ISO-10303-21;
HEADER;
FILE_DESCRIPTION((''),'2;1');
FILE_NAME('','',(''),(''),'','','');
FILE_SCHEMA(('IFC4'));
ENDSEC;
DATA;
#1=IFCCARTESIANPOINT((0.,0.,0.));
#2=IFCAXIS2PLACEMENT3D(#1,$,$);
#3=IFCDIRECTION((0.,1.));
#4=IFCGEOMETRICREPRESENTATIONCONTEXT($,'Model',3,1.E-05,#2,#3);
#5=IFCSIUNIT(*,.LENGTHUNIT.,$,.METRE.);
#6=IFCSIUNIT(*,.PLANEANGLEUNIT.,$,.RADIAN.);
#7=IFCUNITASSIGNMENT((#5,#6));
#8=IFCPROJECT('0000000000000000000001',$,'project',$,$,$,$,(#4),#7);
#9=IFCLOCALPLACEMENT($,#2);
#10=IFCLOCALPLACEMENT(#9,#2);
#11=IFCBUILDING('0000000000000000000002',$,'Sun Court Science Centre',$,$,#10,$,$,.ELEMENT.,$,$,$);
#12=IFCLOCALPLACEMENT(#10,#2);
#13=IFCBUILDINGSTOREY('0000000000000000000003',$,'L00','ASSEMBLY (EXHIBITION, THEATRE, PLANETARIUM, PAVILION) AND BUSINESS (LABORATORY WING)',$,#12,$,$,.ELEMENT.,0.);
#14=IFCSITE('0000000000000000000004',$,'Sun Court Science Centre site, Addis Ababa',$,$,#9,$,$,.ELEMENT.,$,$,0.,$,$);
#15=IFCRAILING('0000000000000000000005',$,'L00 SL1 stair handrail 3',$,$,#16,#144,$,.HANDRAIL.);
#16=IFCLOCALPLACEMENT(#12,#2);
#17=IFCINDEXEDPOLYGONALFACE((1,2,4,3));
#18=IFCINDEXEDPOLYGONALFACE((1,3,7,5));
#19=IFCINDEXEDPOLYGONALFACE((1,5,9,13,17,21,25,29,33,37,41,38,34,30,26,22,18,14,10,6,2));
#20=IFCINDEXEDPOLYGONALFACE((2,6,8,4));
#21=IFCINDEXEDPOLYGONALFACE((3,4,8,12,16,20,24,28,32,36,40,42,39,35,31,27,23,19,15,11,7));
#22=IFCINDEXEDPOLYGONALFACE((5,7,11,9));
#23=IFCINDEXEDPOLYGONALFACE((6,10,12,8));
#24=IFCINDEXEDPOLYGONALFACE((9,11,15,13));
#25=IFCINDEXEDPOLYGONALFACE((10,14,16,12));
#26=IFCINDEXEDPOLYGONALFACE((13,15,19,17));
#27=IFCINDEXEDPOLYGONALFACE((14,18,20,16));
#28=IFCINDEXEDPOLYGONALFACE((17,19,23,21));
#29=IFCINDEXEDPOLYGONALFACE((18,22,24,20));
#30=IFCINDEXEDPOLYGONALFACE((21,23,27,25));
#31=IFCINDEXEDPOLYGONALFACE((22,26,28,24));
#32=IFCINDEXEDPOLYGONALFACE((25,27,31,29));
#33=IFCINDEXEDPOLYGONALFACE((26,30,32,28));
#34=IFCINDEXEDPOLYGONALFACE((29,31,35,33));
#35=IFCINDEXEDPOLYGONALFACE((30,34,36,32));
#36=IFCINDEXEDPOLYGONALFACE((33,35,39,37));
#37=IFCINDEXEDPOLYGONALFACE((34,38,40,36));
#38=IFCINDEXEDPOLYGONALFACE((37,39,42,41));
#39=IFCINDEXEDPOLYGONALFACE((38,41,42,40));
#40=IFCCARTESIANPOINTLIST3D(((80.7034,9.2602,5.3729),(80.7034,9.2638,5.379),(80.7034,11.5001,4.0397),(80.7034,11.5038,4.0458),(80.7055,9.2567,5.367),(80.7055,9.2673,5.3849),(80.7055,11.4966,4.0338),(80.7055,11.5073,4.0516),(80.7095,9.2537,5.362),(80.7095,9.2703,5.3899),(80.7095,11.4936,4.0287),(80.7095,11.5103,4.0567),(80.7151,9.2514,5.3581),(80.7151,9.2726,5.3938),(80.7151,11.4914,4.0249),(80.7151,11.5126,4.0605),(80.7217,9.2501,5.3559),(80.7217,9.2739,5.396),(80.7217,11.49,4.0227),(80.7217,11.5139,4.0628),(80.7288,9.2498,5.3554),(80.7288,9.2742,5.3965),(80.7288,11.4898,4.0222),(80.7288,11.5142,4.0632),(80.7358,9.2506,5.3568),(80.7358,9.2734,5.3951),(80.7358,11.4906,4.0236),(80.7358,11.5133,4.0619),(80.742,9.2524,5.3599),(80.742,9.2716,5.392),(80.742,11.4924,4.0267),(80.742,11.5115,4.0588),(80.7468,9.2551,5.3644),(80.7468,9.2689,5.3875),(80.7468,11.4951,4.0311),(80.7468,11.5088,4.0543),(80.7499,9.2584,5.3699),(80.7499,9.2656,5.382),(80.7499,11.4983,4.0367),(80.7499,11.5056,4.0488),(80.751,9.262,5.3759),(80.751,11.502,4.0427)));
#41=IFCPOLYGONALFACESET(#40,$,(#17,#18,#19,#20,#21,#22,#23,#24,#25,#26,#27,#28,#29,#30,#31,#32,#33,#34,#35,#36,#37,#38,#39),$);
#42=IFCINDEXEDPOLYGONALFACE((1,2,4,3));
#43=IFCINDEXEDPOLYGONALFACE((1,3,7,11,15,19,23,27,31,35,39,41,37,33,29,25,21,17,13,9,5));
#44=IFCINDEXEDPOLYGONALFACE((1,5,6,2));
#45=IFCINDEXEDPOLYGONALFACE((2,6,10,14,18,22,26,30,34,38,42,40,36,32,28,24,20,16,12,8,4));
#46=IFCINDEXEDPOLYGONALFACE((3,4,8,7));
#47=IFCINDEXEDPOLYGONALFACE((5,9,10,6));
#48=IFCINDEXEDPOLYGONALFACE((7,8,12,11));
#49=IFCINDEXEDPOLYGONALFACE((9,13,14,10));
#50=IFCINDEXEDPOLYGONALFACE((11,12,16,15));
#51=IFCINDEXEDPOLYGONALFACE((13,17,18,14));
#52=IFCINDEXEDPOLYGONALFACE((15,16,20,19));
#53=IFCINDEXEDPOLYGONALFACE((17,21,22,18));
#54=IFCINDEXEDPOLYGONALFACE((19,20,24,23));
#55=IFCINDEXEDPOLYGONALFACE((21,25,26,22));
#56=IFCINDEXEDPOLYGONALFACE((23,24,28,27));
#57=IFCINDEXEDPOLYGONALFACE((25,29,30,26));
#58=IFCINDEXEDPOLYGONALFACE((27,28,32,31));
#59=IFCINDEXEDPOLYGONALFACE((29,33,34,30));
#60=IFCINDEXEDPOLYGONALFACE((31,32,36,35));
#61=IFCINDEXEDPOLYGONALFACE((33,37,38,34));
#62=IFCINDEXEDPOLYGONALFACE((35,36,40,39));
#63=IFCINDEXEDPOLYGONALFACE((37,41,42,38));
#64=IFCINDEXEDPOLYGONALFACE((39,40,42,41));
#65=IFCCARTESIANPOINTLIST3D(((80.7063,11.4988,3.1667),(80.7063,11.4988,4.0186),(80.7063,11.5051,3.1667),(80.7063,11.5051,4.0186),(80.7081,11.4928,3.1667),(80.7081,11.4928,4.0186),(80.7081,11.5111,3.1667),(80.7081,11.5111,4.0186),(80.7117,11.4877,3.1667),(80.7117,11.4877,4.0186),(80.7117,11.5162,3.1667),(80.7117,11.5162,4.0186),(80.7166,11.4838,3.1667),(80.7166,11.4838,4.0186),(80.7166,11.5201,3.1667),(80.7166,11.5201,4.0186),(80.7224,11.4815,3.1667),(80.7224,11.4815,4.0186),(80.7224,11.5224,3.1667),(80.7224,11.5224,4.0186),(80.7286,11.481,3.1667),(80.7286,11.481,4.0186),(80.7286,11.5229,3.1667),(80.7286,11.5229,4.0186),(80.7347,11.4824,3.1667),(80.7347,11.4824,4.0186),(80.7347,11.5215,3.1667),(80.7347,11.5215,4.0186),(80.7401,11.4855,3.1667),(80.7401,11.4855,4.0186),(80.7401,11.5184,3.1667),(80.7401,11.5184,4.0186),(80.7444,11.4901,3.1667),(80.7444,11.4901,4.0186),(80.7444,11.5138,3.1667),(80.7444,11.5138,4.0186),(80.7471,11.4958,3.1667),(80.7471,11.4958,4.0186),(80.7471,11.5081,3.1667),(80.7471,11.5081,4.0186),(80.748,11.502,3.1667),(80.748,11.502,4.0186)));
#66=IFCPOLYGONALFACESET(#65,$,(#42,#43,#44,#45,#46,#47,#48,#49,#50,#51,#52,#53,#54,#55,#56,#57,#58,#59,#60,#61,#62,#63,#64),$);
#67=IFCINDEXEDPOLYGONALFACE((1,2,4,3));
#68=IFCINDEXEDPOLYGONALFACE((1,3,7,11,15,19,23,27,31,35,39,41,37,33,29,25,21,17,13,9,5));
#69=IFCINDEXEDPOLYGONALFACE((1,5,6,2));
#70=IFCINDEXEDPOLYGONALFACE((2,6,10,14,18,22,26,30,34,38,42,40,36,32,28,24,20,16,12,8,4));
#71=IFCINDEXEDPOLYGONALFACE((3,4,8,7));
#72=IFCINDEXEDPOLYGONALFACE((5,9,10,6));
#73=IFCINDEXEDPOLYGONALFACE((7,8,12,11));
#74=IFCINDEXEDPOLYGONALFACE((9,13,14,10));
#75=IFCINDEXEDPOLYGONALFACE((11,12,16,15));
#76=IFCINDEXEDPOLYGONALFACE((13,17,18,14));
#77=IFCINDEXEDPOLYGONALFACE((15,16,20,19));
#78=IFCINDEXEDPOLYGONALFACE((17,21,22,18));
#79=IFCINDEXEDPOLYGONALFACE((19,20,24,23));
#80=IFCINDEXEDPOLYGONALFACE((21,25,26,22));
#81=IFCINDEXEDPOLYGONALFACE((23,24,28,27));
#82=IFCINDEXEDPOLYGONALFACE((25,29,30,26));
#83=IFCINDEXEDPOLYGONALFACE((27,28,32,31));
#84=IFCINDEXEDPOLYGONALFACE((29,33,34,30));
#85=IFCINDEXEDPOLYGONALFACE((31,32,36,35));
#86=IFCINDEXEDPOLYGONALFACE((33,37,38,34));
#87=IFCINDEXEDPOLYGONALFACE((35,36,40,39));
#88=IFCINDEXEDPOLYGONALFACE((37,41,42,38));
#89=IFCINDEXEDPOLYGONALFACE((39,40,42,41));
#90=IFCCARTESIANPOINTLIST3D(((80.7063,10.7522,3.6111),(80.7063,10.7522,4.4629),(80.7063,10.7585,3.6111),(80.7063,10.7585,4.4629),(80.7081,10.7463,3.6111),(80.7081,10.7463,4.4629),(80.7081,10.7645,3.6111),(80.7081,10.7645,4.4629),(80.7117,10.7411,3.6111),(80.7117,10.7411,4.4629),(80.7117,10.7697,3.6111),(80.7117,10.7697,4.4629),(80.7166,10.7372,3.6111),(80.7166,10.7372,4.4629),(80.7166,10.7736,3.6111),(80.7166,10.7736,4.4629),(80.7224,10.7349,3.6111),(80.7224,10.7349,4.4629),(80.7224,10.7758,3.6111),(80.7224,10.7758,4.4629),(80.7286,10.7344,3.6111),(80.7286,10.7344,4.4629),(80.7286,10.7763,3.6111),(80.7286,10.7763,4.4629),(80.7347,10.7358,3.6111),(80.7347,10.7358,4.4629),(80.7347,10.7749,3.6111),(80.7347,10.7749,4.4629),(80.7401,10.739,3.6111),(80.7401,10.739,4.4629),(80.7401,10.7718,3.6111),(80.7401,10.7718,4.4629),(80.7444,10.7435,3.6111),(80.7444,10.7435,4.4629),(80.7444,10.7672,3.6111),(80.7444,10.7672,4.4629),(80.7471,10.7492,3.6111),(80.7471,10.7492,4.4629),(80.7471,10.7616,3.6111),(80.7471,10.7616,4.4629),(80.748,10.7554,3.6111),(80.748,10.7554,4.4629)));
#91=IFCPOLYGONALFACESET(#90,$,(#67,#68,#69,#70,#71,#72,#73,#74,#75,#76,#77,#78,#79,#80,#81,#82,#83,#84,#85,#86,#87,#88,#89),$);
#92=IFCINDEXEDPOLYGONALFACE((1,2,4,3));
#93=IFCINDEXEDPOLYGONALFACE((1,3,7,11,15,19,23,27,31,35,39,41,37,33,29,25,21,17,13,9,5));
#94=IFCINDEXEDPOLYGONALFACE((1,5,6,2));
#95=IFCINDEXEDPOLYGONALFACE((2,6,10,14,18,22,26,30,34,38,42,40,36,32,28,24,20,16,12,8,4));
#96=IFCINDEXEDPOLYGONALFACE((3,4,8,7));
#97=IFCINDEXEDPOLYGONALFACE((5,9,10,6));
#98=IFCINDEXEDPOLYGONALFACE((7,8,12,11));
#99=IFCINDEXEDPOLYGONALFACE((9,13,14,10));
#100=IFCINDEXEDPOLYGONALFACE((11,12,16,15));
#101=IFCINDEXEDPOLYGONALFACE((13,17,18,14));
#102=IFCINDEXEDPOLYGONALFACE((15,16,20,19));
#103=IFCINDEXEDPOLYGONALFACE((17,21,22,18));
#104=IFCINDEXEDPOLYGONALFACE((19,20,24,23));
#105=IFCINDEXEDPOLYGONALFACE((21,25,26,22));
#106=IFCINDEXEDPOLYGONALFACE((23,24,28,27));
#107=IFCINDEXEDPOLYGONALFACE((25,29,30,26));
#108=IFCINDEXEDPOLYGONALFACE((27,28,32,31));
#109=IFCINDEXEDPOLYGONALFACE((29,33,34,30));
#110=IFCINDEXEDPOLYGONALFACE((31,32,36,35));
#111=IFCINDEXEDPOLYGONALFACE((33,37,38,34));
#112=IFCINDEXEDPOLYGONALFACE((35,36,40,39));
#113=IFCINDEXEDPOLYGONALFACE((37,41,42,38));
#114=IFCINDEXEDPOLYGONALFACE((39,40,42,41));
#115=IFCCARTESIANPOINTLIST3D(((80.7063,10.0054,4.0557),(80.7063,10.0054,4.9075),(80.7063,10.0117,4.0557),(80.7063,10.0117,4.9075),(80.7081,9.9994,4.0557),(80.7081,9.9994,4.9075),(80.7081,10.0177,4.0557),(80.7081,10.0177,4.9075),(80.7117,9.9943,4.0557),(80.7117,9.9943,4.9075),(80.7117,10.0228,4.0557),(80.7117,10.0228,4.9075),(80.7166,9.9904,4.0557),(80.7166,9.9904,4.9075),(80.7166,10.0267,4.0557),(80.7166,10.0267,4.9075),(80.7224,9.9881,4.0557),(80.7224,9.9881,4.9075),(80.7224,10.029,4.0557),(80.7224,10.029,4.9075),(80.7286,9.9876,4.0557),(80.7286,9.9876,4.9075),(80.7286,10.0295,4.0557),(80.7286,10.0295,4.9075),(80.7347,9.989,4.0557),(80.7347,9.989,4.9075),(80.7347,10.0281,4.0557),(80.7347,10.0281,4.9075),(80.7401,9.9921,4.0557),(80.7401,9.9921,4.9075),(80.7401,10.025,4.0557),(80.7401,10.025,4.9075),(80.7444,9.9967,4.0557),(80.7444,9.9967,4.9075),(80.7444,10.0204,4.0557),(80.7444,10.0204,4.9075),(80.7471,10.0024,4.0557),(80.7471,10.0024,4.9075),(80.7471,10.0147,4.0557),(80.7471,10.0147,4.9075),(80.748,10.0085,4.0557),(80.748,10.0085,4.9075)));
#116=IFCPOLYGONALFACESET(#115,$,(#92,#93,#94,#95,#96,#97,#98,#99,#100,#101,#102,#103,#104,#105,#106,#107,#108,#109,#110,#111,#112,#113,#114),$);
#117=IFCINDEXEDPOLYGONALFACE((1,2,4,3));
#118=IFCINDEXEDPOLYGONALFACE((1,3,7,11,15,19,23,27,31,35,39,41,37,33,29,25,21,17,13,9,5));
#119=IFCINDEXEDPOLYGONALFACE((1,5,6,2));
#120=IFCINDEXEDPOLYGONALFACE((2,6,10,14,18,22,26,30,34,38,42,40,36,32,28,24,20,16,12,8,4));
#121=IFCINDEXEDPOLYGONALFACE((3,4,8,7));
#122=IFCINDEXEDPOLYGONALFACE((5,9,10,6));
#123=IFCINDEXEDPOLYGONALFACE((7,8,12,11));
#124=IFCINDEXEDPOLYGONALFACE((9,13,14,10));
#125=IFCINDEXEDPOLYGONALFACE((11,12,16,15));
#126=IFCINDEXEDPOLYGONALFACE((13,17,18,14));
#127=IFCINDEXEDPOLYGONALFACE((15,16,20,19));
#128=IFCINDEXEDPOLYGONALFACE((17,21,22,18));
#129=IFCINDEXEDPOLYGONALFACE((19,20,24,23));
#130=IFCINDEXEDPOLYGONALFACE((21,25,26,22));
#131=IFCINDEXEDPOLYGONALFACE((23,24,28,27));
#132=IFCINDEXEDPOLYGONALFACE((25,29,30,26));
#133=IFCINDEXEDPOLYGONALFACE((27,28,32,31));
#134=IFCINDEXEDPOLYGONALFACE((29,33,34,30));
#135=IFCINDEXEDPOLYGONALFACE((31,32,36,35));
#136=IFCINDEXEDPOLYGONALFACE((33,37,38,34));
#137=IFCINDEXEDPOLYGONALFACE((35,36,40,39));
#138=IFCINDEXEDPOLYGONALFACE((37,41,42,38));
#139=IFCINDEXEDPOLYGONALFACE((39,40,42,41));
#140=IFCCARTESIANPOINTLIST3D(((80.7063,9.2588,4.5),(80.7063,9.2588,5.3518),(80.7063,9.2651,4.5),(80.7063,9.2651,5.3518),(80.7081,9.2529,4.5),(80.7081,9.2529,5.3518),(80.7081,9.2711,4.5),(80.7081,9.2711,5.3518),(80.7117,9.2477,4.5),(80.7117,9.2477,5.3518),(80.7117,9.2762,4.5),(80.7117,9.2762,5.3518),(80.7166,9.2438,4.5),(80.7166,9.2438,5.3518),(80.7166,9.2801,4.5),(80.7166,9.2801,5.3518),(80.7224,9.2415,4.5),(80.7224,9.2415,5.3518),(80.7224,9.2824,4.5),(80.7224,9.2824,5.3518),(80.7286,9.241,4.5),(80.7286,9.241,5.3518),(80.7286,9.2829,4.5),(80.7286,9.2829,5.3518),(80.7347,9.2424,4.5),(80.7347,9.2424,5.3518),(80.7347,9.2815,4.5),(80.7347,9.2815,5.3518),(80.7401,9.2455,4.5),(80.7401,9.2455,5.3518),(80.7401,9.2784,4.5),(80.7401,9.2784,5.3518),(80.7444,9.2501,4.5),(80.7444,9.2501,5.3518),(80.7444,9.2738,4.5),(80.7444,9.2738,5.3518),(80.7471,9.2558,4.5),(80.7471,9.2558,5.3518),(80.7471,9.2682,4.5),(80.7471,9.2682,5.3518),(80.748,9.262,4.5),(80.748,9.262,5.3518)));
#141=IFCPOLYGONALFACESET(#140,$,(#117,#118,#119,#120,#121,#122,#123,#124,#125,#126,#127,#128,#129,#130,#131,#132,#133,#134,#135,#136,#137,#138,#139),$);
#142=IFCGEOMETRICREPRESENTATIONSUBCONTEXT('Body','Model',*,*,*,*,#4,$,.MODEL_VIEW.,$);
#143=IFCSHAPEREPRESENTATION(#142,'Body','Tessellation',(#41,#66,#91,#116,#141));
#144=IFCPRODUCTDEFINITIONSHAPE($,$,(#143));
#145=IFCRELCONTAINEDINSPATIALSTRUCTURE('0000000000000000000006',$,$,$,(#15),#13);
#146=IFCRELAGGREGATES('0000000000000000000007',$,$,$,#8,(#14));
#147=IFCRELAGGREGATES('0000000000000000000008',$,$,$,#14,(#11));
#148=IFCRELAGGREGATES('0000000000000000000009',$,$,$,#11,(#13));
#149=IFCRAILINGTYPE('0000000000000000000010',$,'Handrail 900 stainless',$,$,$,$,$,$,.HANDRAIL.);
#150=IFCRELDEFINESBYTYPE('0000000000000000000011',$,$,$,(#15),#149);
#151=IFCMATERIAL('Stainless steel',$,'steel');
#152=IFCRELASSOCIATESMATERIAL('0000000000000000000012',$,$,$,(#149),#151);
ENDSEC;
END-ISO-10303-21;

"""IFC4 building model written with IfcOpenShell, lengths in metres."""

from ifc_helpers import new_model, si_unit, direction, frame, origin, origin_2d, place, context, subcontext, project, spatial, circle, extrude, material, type_object, element, save


model = new_model("IFC4")

# Units and contexts
model_context = context("Model", 3, precision=1e-05, world=origin(), true_north=direction((0.0, 1.0)))
body_context = subcontext(model_context, "Body", "Model", "MODEL_VIEW")
ifc_project = project(units=[si_unit("LENGTHUNIT", "METRE"), si_unit("PLANEANGLEUNIT", "RADIAN")], contexts=[model_context])

# Site, building, storey
site_placement = place(None, origin())
site = spatial("IfcSite", under=ifc_project, at=site_placement, Name="Sun Court Science Centre site, Addis Ababa", CompositionType="ELEMENT", RefElevation=0.0)
building_placement = place(site_placement, origin())
building = spatial("IfcBuilding", under=site, at=building_placement, Name="Sun Court Science Centre", CompositionType="ELEMENT")
storey_placement = place(building_placement, origin())
storey = spatial("IfcBuildingStorey", under=building, at=storey_placement, Name="L00", Description="ASSEMBLY (EXHIBITION, THEATRE, PLANETARIUM, PAVILION) AND BUSINESS (LABORATORY WING)", CompositionType="ELEMENT", Elevation=0.0)

# Railing
ifc_material_1 = material(Name="Stainless steel", Category="steel")
railing_type_1 = type_object("IfcRailingType", Name="Handrail 900 stainless", PredefinedType="HANDRAIL", material=ifc_material_1)
for number, where, name in (
    (1, (80.7271, 11.502, 3.1667), "L00 SL1 stair handrail 3"),
):
    element("IfcRailing", number, at=place(storey_placement, frame(where)), inside=storey, type_object=railing_type_1, Name=name, PredefinedType="HANDRAIL", context=body_context, shape_type="SweptSolid", body=[
        extrude(circle(Radius=0.0239, at=origin_2d()), frame((0.0, 0.0, 0.876), z_axis=(0.0, -0.859306, 0.511462), x_axis=(1.0, 0.0, 0.0)), (0.0, 0.0, 1.0), 2.6067),
        extrude(circle(Radius=0.021, at=origin_2d()), origin(), (0.0, 0.0, 1.0), 0.8518),
        extrude(circle(Radius=0.021, at=origin_2d()), frame((0.0, -0.7466, 0.4443)), (0.0, 0.0, 1.0), 0.8518),
        extrude(circle(Radius=0.021, at=origin_2d()), frame((0.0, -1.4934, 0.8889)), (0.0, 0.0, 1.0), 0.8518),
        extrude(circle(Radius=0.021, at=origin_2d()), frame((0.0, -2.24, 1.3333)), (0.0, 0.0, 1.0), 0.8518),
    ])

save(model, "model.ifc")
